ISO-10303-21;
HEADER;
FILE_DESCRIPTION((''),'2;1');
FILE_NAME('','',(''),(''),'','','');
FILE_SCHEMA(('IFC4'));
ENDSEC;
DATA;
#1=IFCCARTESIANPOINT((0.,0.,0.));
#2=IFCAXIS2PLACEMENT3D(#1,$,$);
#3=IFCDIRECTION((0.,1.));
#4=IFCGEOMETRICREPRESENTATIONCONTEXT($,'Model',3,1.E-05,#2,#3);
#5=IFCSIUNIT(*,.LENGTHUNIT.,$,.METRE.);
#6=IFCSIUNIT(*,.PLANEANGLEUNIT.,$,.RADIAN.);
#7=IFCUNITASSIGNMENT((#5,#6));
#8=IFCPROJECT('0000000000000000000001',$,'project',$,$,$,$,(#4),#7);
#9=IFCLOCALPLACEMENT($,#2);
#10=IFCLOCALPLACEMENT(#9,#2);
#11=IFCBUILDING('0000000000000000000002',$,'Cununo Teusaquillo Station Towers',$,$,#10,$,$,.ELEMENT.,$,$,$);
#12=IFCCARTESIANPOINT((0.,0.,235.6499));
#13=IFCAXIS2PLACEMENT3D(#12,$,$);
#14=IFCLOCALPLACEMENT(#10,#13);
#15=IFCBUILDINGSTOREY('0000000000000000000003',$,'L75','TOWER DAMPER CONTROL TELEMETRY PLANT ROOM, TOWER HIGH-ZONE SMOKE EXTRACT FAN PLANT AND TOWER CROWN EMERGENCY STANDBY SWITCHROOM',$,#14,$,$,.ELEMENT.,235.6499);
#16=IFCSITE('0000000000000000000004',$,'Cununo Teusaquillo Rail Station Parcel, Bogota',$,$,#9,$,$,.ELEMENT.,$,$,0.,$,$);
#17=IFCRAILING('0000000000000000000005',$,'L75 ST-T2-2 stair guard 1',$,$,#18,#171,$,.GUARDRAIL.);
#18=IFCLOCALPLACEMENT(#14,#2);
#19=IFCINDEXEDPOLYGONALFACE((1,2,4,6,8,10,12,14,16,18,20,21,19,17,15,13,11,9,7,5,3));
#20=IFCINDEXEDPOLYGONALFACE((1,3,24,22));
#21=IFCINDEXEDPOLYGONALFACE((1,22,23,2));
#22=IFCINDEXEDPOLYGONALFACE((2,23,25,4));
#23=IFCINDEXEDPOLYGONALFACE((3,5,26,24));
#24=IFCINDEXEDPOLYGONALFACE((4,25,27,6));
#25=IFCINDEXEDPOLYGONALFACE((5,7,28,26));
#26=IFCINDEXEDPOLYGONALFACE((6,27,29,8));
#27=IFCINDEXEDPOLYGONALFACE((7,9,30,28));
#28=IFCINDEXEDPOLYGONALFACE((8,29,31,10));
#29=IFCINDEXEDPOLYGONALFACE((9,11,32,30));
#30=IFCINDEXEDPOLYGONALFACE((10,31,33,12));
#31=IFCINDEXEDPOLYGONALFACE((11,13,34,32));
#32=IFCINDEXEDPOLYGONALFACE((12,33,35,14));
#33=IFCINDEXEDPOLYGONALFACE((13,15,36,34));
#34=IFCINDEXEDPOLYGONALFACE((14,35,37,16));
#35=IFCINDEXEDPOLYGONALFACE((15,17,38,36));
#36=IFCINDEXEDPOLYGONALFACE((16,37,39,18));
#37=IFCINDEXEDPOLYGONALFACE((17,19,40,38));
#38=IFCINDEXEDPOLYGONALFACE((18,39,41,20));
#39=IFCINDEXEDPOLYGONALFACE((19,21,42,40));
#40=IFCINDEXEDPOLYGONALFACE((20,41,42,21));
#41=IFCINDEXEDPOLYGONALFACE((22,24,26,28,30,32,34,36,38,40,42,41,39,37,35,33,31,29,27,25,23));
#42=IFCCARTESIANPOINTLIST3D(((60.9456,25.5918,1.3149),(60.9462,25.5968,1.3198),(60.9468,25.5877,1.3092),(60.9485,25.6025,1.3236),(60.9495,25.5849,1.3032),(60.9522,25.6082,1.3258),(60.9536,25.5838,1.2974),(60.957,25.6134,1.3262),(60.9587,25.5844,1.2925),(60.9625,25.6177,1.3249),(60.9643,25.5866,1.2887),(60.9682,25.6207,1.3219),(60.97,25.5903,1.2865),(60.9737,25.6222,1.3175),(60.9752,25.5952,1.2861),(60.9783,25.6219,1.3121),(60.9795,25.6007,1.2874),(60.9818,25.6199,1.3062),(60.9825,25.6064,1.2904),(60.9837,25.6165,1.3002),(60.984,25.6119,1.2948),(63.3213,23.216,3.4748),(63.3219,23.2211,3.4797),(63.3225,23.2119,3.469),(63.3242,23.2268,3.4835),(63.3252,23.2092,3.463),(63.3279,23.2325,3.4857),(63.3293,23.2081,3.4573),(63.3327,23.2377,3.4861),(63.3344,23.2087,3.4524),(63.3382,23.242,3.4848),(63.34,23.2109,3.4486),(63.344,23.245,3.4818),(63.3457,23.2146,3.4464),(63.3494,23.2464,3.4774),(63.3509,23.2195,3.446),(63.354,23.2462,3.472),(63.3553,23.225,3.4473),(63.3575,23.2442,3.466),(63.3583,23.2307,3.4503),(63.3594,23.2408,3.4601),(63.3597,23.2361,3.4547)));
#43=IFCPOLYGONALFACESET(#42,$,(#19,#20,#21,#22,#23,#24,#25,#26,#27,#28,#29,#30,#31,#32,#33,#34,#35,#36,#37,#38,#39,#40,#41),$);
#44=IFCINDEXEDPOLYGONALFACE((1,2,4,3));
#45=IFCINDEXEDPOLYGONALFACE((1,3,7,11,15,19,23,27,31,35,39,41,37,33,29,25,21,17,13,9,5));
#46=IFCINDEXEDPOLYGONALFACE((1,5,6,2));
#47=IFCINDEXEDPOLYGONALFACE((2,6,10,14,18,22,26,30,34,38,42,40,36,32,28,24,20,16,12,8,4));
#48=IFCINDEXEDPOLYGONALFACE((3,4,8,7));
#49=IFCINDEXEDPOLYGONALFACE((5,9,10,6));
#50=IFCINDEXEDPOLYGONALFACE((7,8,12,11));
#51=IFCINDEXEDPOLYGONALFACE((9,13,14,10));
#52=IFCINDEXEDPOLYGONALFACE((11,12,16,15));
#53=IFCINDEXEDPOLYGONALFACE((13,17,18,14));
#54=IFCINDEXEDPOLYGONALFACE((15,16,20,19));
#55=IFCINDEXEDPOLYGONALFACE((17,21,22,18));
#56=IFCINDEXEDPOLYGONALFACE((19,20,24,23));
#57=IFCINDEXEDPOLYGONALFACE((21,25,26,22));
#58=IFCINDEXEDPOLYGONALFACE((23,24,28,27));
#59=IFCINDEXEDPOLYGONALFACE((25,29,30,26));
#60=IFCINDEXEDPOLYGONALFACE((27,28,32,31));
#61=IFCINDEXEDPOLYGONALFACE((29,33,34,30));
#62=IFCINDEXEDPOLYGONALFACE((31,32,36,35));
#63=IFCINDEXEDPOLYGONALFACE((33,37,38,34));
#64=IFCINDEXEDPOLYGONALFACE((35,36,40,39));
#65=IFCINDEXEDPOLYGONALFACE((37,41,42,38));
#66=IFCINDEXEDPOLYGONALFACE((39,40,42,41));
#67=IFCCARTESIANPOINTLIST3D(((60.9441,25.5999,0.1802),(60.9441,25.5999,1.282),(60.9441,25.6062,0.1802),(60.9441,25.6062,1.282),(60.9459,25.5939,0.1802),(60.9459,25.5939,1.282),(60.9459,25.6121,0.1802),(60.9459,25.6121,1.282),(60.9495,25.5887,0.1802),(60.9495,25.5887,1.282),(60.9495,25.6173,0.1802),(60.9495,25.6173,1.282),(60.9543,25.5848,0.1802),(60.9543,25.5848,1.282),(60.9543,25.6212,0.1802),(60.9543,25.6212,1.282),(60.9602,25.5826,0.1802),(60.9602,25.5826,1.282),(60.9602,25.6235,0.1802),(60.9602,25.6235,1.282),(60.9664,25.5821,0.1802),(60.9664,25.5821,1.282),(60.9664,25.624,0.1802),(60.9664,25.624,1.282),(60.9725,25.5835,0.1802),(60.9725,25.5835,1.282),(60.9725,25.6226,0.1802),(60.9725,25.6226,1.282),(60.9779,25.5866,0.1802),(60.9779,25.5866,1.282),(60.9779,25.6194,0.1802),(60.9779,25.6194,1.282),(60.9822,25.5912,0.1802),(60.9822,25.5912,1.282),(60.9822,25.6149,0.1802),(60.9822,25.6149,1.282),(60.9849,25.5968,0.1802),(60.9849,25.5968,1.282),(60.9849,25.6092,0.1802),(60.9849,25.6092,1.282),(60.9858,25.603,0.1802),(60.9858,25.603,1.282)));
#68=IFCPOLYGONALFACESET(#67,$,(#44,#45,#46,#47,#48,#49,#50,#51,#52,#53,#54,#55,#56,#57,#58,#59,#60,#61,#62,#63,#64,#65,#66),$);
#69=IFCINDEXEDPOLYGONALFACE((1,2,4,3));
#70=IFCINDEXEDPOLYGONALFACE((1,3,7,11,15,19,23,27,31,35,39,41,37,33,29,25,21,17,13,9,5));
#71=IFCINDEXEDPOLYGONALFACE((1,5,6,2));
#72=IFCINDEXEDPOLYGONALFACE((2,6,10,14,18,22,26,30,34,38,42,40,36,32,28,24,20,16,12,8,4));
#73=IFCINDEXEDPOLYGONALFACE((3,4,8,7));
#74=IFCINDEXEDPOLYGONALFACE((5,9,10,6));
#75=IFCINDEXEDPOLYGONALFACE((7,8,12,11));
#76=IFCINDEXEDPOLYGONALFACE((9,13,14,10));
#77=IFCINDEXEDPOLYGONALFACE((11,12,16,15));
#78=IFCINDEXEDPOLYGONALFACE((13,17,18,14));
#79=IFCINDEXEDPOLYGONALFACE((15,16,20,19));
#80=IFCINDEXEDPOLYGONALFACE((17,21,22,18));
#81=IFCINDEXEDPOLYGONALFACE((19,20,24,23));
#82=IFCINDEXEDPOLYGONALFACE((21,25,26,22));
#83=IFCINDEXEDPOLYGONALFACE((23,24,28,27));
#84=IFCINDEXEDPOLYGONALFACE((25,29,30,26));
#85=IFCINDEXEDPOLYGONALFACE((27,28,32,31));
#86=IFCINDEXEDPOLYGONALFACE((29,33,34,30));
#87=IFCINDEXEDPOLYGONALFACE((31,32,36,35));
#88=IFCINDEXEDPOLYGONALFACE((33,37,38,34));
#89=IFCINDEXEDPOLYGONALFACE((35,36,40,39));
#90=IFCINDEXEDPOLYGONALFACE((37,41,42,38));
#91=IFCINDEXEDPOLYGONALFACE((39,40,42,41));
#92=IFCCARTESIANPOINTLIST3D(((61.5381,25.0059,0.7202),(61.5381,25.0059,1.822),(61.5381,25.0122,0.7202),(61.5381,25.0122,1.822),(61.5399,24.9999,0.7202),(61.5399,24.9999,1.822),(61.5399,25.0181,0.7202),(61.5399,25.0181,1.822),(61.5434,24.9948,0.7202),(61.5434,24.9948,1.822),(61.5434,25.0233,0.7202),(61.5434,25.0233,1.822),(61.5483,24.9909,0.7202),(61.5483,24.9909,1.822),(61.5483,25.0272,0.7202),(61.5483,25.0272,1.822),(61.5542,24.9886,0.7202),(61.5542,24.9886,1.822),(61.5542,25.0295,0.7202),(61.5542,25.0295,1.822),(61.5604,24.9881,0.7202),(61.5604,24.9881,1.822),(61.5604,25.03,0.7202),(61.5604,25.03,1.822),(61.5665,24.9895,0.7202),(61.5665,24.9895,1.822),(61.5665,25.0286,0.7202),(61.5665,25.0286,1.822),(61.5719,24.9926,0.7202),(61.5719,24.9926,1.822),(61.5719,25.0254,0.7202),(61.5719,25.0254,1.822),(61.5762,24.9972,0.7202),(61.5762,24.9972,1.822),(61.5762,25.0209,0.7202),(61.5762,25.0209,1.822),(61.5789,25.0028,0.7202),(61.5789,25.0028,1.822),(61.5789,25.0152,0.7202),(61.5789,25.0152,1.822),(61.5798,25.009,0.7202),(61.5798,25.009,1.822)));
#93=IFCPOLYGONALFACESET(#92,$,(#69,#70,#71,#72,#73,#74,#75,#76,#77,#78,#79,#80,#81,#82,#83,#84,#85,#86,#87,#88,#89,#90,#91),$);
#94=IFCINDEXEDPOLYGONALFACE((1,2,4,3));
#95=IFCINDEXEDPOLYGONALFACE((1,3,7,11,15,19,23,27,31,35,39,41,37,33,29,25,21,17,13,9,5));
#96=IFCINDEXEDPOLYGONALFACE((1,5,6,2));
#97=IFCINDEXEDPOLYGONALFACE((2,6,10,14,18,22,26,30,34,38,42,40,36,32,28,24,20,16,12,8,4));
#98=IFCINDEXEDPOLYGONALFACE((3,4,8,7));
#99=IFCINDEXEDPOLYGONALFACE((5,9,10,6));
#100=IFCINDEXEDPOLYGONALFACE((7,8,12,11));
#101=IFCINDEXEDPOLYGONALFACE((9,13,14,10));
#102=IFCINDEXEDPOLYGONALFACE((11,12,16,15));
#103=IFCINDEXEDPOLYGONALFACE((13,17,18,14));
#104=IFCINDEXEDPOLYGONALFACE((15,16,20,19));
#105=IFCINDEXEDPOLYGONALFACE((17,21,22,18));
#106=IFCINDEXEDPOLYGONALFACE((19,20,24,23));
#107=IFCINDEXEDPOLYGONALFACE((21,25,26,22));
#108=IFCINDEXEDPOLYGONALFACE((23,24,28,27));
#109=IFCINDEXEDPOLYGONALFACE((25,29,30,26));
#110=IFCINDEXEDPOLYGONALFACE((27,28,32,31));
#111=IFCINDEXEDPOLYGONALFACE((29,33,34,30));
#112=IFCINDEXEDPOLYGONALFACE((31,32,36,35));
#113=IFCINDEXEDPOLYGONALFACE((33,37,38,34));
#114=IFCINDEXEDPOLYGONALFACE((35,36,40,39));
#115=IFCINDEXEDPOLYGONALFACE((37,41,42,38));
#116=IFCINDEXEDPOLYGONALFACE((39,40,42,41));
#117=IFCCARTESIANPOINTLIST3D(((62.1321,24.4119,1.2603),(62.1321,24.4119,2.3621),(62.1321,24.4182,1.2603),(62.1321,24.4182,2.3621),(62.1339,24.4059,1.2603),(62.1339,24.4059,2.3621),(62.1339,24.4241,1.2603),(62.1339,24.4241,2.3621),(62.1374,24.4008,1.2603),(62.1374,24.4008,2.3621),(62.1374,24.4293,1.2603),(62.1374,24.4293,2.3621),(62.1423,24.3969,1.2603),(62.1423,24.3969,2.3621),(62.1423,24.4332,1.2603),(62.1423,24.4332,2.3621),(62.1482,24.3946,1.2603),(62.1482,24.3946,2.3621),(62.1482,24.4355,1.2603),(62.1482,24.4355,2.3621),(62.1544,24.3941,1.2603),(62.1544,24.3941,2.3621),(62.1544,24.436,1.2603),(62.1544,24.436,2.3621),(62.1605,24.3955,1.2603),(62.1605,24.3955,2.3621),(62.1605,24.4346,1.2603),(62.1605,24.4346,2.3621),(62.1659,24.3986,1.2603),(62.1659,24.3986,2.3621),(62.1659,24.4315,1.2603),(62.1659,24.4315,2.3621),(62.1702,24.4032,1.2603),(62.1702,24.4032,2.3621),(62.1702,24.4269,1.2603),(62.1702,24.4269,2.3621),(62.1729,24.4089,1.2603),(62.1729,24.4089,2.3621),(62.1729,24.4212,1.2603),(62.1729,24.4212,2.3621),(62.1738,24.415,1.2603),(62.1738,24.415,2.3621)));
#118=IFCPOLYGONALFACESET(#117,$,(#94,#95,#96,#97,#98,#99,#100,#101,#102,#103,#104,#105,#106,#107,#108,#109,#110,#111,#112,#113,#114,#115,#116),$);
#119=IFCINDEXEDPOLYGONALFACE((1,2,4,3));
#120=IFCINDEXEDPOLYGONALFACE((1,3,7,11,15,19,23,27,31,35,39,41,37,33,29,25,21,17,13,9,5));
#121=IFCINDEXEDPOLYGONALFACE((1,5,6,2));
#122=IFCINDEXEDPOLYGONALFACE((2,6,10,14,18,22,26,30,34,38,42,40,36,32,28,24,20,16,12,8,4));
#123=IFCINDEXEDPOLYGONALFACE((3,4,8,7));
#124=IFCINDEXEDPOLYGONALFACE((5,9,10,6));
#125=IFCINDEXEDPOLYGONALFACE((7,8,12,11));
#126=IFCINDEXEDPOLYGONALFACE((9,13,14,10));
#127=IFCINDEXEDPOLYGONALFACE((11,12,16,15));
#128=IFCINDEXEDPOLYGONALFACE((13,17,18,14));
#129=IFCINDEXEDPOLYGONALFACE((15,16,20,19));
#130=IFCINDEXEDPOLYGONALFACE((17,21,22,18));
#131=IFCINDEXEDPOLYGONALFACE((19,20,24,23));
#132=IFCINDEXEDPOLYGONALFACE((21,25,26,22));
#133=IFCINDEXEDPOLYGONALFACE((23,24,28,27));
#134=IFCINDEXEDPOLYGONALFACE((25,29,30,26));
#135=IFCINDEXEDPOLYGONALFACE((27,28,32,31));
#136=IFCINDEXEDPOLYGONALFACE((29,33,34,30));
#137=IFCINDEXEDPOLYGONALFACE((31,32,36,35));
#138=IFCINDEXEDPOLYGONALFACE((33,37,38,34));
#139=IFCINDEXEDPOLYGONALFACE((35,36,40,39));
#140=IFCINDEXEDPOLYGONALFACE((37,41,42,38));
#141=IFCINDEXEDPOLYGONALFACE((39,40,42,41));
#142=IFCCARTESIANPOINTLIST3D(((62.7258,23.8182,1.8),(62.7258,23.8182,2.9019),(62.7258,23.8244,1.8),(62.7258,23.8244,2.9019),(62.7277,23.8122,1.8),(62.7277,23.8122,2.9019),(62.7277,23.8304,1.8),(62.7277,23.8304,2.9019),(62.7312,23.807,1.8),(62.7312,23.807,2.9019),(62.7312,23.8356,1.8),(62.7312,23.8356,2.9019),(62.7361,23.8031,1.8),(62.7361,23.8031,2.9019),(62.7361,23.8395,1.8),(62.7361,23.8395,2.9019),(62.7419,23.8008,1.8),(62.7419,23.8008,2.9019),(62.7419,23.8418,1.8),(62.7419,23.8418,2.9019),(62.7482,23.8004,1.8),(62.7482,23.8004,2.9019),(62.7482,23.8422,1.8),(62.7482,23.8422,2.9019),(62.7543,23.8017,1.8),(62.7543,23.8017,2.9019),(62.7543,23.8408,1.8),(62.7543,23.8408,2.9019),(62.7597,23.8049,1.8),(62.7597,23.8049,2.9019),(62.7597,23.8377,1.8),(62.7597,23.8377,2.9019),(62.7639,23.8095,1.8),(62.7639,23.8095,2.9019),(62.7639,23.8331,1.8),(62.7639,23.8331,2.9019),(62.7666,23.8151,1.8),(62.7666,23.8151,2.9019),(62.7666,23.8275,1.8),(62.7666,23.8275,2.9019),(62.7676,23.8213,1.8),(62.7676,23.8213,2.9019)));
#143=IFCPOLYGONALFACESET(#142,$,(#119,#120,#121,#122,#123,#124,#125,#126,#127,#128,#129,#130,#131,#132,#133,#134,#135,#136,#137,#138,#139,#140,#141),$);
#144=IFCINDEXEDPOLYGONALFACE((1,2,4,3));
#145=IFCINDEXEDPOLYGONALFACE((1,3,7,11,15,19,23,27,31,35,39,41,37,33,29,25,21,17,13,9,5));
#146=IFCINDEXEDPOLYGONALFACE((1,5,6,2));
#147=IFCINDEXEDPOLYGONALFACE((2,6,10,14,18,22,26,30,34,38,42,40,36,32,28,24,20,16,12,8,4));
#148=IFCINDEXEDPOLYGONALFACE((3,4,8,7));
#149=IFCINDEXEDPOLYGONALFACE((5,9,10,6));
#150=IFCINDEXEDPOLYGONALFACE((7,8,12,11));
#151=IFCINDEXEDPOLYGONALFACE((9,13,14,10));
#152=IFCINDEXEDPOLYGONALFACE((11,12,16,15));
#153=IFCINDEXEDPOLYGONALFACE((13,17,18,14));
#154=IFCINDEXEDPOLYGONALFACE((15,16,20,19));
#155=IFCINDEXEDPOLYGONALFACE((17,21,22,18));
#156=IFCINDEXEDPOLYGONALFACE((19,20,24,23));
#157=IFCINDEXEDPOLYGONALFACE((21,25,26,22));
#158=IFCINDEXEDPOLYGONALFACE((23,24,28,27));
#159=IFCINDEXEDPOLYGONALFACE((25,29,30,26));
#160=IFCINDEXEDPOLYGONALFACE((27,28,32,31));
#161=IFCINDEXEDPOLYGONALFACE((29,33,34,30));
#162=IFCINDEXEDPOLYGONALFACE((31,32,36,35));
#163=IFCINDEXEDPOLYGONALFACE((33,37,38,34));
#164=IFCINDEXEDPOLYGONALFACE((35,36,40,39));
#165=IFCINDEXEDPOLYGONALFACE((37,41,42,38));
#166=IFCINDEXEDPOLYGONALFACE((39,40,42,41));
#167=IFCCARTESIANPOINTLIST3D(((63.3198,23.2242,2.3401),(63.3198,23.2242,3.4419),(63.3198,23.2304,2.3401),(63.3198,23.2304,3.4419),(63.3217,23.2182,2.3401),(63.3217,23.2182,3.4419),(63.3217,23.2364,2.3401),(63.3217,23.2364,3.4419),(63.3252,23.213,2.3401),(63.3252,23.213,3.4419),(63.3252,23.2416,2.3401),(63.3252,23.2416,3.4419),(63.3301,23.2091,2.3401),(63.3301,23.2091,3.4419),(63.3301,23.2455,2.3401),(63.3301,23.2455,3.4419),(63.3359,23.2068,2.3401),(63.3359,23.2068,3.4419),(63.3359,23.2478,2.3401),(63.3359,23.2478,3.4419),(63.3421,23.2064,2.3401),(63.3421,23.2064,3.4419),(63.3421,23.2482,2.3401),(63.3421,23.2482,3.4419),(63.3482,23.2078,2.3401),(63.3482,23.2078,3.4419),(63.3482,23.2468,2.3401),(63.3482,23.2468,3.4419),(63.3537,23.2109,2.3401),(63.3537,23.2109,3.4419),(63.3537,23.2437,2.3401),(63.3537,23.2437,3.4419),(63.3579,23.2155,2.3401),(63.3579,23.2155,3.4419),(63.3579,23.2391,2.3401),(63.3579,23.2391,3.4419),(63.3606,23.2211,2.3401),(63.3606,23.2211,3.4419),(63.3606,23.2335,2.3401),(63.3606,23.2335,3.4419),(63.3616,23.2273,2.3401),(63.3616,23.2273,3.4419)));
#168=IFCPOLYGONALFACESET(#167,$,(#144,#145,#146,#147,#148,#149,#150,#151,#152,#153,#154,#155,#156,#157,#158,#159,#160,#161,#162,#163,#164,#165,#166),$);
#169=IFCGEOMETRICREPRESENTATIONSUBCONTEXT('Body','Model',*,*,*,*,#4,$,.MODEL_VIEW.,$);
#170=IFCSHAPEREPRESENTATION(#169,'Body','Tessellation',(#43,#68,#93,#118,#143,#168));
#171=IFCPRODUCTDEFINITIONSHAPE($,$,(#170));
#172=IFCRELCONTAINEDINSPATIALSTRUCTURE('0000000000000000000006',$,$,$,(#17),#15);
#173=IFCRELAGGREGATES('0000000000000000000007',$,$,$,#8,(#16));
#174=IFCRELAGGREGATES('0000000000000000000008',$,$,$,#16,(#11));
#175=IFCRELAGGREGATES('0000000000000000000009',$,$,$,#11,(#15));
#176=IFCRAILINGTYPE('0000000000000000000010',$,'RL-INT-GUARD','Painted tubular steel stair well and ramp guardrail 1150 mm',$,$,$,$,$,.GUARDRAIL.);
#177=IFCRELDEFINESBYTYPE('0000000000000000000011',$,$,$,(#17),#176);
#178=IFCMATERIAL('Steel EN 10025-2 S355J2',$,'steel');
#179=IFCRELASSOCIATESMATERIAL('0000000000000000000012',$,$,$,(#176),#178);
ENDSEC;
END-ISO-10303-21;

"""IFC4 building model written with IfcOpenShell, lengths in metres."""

from ifc_helpers import new_model, si_unit, direction, frame, origin, origin_2d, place, context, subcontext, project, spatial, circle, extrude, material, type_object, element, save


model = new_model("IFC4")

# Units and contexts
model_context = context("Model", 3, precision=1e-05, world=origin(), true_north=direction((0.0, 1.0)))
body_context = subcontext(model_context, "Body", "Model", "MODEL_VIEW")
ifc_project = project(units=[si_unit("LENGTHUNIT", "METRE"), si_unit("PLANEANGLEUNIT", "RADIAN")], contexts=[model_context])

# Site, building, storey
site_placement = place(None, origin())
site = spatial("IfcSite", under=ifc_project, at=site_placement, Name="Cununo Teusaquillo Rail Station Parcel, Bogota", CompositionType="ELEMENT", RefElevation=0.0)
building_placement = place(site_placement, origin())
building = spatial("IfcBuilding", under=site, at=building_placement, Name="Cununo Teusaquillo Station Towers", CompositionType="ELEMENT")
storey_placement = place(building_placement, frame((0.0, 0.0, 235.6499)))
storey = spatial("IfcBuildingStorey", under=building, at=storey_placement, Name="L75", Description="TOWER DAMPER CONTROL TELEMETRY PLANT ROOM, TOWER HIGH-ZONE SMOKE EXTRACT FAN PLANT AND TOWER CROWN EMERGENCY STANDBY SWITCHROOM", CompositionType="ELEMENT", Elevation=235.6499)

# Railing
ifc_material_1 = material(Name="Steel EN 10025-2 S355J2", Category="steel")
railing_type_1 = type_object("IfcRailingType", Name="RL-INT-GUARD", Description="Painted tubular steel stair well and ramp guardrail 1150 mm", PredefinedType="GUARDRAIL", material=ifc_material_1)
railing_1_placement = place(storey_placement, frame((60.9648, 25.603, 0.1802)))
element("IfcRailing", 1, at=railing_1_placement, inside=storey, type_object=railing_type_1, Name="L75 ST-T2-2 stair guard 1", PredefinedType="GUARDRAIL", context=body_context, shape_type="SweptSolid", body=[
    extrude(circle(Radius=0.0239, at=origin_2d()), frame((0.0, 0.0, 1.126), z_axis=(0.594799, -0.594799, 0.540766), x_axis=(0.707107, 0.707107, 0.0)), (0.0, 0.0, 1.0), 3.9941),
    extrude(circle(Radius=0.021, at=origin_2d()), origin(), (0.0, 0.0, 1.0), 1.1018),
    extrude(circle(Radius=0.021, at=origin_2d()), frame((0.594, -0.594, 0.54)), (0.0, 0.0, 1.0), 1.1018),
    extrude(circle(Radius=0.021, at=origin_2d()), frame((1.188, -1.188, 1.0801)), (0.0, 0.0, 1.0), 1.1018),
    extrude(circle(Radius=0.021, at=origin_2d()), frame((1.7817, -1.7817, 1.6199)), (0.0, 0.0, 1.0), 1.1018),
    extrude(circle(Radius=0.021, at=origin_2d()), frame((2.3757, -2.3757, 2.1599)), (0.0, 0.0, 1.0), 1.1018),
])

save(model, "model.ifc")
